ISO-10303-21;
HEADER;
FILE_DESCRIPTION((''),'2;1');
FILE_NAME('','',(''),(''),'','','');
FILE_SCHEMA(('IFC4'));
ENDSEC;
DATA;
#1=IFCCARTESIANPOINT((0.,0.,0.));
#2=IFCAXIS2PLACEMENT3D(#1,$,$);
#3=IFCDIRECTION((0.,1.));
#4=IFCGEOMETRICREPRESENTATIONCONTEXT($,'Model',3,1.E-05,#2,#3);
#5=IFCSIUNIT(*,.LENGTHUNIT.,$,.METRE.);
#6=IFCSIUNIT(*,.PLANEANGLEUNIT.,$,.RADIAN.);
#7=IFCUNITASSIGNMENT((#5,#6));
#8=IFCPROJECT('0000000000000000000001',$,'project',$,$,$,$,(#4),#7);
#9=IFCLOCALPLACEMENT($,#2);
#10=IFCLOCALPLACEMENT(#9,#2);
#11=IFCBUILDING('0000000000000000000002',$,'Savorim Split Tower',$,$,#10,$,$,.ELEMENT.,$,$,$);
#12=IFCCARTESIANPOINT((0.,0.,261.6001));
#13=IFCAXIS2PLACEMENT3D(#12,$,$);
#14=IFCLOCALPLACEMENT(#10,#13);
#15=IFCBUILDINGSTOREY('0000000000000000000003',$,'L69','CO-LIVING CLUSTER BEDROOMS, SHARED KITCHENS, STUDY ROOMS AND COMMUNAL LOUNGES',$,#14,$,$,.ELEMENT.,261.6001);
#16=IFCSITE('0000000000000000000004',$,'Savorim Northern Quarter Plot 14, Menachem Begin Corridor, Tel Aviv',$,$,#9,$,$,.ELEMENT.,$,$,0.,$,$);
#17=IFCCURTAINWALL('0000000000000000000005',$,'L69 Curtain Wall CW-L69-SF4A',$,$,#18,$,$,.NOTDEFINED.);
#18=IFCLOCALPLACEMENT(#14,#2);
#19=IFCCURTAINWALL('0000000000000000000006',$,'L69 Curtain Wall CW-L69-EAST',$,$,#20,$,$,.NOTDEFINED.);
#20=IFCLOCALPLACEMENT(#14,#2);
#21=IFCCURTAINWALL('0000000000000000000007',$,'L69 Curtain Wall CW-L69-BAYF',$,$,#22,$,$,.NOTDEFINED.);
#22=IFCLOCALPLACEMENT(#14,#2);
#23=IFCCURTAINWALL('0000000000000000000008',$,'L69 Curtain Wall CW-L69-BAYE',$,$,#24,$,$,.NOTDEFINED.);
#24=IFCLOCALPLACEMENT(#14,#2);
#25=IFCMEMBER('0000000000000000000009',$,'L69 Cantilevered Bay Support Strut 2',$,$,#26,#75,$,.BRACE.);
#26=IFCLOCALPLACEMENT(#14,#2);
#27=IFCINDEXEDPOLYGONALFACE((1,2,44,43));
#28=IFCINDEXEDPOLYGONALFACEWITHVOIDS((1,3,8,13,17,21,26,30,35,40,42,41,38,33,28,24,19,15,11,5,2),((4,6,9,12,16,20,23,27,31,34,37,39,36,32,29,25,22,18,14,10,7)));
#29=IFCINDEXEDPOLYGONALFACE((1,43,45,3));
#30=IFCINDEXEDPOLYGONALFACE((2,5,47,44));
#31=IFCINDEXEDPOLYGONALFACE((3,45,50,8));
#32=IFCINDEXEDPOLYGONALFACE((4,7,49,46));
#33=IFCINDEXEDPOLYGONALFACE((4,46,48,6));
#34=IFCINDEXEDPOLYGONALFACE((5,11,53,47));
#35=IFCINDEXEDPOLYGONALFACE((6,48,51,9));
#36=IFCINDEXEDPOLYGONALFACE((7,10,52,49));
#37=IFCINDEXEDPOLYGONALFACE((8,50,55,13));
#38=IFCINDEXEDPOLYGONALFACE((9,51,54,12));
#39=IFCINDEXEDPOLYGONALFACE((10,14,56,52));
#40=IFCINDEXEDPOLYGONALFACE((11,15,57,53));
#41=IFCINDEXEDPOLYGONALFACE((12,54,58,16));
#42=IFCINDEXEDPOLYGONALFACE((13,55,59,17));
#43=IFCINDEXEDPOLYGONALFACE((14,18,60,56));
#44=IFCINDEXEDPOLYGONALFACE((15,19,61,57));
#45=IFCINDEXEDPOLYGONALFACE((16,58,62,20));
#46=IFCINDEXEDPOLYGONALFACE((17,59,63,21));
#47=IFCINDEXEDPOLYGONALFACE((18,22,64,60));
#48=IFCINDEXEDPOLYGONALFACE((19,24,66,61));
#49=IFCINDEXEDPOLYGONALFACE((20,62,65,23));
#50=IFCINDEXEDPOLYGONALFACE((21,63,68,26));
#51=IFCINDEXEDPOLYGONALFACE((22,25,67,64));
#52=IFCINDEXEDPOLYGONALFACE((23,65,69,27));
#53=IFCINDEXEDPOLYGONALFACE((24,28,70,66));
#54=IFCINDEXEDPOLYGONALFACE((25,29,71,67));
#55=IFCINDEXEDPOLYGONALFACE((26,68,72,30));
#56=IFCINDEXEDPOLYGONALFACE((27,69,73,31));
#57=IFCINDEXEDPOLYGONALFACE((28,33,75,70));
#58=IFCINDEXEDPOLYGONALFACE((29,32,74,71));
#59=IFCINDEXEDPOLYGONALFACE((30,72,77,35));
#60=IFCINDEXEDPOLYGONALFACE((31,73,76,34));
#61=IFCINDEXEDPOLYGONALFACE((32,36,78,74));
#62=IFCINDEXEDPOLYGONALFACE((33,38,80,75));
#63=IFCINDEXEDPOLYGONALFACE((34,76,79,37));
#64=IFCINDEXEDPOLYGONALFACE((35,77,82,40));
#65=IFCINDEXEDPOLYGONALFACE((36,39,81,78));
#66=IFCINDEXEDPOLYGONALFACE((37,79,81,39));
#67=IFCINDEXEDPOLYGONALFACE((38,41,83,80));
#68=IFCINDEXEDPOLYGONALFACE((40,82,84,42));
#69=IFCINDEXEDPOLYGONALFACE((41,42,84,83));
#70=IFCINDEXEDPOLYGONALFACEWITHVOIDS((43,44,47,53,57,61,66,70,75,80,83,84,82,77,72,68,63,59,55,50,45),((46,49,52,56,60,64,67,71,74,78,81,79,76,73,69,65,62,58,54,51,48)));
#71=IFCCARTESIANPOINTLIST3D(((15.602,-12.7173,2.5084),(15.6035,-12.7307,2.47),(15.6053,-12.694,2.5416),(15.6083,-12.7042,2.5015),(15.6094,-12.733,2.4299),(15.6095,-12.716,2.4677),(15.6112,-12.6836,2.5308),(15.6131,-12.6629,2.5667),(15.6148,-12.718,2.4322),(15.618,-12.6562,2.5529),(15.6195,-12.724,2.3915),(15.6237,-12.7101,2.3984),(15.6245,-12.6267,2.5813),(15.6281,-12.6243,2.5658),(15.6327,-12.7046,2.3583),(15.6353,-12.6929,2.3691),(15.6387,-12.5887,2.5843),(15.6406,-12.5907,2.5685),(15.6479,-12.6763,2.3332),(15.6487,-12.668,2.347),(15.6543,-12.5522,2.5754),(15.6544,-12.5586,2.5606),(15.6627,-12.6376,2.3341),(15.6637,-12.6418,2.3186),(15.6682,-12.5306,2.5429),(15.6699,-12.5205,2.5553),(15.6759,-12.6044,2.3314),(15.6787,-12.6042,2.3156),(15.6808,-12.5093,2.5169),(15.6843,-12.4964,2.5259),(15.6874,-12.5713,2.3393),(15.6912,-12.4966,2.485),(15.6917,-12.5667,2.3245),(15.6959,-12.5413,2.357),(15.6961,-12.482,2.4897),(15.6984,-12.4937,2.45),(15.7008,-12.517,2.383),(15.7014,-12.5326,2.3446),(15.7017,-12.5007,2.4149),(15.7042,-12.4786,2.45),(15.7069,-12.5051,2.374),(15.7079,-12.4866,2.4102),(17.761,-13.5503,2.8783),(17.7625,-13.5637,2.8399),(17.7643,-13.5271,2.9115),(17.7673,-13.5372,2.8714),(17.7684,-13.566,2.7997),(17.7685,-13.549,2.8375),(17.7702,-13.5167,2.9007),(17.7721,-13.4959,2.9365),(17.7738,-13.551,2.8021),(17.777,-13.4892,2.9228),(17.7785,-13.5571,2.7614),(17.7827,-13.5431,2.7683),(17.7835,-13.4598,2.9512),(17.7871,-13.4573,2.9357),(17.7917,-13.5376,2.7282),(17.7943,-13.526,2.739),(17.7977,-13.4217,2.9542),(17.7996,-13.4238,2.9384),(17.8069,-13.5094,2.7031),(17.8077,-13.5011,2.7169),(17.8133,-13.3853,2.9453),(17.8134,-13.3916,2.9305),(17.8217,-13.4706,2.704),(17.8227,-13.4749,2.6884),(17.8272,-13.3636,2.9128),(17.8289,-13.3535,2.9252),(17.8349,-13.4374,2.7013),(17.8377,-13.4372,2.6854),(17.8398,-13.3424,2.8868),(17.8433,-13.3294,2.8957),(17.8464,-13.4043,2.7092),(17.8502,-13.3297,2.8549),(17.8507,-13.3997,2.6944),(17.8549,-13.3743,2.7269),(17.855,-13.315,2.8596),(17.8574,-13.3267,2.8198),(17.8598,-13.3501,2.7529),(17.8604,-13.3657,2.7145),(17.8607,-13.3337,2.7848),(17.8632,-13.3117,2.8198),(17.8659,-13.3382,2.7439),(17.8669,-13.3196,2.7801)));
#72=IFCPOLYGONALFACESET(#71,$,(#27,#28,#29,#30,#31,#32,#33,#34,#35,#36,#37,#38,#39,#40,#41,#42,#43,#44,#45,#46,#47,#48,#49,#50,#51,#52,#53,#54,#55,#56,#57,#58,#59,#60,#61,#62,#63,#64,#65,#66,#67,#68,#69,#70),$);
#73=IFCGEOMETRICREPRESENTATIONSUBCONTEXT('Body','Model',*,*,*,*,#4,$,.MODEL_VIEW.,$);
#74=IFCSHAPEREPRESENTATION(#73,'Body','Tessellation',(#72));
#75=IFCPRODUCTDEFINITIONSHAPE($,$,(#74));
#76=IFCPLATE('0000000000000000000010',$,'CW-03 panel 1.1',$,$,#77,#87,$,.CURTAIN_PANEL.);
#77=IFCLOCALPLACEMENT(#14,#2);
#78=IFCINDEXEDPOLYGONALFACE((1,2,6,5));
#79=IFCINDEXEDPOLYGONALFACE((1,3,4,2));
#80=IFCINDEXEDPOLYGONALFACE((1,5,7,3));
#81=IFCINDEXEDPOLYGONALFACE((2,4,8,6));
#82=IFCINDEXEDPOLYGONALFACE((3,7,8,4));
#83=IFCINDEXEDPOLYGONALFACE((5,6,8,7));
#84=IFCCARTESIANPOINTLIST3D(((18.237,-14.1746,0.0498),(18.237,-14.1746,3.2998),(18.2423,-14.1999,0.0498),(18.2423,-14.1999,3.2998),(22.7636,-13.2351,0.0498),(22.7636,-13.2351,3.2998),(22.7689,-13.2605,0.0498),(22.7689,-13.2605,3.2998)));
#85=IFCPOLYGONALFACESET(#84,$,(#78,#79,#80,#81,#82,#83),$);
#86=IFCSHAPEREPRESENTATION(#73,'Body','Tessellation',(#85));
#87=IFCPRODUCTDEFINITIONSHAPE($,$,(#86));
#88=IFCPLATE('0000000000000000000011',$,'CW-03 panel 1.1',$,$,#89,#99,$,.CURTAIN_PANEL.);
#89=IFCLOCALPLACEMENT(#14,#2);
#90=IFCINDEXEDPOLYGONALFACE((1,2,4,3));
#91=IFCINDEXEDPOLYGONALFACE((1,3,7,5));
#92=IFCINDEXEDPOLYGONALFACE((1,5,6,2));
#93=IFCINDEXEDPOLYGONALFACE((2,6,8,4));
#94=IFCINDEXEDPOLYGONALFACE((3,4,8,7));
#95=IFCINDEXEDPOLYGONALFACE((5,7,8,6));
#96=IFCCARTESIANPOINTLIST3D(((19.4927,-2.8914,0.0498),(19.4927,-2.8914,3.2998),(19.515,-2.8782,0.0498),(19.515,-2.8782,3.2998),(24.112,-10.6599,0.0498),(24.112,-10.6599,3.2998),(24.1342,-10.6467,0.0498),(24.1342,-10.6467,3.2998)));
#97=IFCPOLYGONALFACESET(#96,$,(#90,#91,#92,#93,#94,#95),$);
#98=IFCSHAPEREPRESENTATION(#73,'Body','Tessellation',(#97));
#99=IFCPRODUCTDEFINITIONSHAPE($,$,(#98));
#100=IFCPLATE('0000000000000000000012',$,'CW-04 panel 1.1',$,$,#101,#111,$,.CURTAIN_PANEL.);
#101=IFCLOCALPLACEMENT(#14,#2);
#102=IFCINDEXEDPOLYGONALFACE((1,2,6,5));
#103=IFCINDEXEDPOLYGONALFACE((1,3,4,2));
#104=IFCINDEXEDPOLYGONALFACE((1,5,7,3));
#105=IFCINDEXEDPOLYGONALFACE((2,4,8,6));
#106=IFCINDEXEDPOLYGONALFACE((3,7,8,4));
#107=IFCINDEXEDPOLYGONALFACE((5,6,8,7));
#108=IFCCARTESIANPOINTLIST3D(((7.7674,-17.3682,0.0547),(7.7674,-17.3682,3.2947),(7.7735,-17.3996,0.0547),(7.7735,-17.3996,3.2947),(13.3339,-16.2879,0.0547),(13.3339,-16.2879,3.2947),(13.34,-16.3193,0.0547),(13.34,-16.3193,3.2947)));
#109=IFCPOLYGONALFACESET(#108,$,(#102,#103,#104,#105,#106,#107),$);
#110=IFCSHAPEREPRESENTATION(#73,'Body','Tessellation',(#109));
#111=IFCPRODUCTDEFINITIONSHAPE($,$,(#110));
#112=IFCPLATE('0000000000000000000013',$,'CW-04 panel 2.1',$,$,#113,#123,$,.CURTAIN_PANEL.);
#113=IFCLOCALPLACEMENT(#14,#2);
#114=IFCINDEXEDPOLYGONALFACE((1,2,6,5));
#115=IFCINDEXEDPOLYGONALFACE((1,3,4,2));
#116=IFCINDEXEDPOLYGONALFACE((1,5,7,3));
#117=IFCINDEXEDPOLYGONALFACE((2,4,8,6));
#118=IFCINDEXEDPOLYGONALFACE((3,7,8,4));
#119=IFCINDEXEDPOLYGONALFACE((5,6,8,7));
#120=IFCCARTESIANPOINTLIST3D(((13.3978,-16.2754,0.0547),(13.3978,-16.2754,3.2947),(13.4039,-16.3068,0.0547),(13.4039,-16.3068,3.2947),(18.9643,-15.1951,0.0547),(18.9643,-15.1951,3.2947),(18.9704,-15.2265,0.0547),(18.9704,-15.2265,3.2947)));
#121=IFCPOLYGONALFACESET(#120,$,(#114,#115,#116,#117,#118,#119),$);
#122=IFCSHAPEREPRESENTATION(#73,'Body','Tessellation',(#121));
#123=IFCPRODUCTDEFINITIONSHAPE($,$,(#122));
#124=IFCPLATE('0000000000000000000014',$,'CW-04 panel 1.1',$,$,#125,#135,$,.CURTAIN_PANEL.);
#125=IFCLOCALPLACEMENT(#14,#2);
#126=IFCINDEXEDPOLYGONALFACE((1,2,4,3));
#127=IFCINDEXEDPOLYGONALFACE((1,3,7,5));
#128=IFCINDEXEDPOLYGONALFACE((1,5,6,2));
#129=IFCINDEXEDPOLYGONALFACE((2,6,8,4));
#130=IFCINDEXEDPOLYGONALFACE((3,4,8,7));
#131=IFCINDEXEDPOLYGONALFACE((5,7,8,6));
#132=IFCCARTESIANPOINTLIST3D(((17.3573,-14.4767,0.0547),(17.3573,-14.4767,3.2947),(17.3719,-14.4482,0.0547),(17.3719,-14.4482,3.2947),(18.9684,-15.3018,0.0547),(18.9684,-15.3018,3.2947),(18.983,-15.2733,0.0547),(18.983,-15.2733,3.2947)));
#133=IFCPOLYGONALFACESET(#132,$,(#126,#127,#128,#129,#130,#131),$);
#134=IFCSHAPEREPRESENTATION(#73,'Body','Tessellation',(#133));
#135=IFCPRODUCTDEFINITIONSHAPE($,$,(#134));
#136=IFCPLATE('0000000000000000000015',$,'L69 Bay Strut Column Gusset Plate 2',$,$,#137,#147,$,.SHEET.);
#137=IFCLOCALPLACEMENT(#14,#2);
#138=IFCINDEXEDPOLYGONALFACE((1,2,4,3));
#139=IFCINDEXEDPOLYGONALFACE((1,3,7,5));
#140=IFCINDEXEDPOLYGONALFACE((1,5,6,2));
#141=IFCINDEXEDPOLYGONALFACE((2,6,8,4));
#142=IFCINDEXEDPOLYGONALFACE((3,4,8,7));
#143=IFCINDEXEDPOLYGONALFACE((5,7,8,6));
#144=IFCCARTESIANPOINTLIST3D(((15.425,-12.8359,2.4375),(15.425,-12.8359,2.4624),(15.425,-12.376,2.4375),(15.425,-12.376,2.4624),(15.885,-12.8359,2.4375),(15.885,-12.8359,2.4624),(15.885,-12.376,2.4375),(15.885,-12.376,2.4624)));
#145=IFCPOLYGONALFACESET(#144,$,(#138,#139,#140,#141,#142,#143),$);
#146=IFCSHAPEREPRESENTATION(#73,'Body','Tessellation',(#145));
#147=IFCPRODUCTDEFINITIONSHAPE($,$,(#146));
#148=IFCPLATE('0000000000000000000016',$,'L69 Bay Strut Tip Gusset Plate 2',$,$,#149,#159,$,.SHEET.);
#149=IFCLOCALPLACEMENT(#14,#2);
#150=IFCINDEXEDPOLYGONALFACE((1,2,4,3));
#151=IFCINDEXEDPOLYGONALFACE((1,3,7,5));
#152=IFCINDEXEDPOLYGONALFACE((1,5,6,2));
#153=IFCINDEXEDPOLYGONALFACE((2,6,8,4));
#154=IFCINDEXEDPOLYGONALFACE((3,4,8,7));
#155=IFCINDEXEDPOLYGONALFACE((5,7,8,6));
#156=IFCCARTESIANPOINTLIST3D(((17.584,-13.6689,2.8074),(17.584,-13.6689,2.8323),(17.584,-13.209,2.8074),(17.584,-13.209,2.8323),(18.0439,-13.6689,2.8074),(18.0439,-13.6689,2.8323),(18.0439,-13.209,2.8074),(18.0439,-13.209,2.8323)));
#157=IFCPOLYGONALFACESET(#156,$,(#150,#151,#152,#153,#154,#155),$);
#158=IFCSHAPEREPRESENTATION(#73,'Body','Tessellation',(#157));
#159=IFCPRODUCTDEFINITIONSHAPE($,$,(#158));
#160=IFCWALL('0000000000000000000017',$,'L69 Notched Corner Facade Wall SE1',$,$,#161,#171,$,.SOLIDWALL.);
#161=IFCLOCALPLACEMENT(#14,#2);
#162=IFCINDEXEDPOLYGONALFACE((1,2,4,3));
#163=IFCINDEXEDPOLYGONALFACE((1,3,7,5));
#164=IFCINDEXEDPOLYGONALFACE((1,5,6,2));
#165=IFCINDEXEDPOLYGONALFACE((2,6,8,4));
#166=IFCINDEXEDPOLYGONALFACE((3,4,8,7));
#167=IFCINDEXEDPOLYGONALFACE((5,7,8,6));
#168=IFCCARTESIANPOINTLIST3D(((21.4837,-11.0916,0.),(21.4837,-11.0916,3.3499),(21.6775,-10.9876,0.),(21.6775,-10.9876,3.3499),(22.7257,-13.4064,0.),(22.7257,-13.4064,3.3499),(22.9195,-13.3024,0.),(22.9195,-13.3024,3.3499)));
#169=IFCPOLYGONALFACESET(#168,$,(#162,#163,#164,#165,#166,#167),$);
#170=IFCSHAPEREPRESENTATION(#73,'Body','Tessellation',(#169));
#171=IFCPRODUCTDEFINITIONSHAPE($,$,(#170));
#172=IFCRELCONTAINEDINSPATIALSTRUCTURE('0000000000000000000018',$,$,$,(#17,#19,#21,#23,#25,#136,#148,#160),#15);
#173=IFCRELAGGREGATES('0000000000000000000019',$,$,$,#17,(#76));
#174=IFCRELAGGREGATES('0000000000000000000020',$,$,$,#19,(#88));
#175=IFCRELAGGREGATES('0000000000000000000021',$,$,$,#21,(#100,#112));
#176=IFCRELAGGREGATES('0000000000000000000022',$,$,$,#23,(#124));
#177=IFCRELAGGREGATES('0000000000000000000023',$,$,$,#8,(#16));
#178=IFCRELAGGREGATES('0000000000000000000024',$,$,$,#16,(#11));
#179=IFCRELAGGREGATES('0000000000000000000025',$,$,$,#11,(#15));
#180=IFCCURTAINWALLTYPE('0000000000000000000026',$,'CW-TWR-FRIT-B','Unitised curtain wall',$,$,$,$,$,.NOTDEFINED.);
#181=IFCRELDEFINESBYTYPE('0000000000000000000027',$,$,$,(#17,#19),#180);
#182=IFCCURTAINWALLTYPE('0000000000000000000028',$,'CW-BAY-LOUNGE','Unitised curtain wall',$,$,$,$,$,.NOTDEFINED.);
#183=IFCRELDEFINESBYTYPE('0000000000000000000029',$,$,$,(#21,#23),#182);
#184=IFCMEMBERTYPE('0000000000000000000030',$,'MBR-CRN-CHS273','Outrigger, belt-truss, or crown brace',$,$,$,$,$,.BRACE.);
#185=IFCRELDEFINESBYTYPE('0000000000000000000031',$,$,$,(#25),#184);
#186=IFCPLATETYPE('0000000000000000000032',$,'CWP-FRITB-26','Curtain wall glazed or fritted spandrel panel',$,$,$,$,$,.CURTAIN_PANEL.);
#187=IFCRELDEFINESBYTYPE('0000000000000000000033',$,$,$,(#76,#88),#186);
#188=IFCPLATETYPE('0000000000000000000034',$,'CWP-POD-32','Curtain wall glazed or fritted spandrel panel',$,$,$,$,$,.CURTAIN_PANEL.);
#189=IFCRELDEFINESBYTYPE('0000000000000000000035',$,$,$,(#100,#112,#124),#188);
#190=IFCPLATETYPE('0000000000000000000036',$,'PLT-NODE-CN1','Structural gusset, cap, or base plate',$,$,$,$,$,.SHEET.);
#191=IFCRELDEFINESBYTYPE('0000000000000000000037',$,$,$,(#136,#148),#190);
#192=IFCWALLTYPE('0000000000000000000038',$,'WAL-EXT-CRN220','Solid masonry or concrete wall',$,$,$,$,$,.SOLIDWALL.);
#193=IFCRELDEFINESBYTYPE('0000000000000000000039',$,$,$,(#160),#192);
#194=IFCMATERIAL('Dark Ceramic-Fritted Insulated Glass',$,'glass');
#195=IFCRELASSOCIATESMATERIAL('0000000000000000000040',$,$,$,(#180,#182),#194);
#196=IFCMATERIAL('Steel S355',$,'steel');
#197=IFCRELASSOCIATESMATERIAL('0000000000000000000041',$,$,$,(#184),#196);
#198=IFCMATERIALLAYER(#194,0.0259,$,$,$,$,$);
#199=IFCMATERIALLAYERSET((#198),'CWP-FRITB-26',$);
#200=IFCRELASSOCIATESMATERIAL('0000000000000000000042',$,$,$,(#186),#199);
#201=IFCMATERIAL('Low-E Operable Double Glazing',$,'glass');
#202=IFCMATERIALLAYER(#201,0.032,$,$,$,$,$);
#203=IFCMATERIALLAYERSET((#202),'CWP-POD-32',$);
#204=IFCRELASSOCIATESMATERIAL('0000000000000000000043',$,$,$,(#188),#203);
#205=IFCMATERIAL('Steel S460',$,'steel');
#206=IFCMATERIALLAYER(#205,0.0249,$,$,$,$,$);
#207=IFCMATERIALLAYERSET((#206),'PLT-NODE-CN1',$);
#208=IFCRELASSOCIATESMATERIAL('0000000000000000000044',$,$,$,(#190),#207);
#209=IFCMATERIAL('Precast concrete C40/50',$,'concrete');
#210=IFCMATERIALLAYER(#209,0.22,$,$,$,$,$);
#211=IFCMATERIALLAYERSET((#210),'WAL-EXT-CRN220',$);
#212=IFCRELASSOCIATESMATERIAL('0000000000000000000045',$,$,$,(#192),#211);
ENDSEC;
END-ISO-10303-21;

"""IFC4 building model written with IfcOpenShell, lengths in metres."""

from ifc_helpers import new_model, si_unit, direction, frame, frame_2d, origin, origin_2d, place, context, subcontext, project, spatial, rectangle, hollow_circle, extrude, material, layer, layer_set, material_profile, profile_set, type_object, element, aggregate, save


model = new_model("IFC4")

# Units and contexts
model_context = context("Model", 3, precision=1e-05, world=origin(), true_north=direction((0.0, 1.0)))
body_context = subcontext(model_context, "Body", "Model", "MODEL_VIEW")
ifc_project = project(units=[si_unit("LENGTHUNIT", "METRE"), si_unit("PLANEANGLEUNIT", "RADIAN")], contexts=[model_context])

# Site, building, storey
site_placement = place(None, origin())
site = spatial("IfcSite", under=ifc_project, at=site_placement, Name="Savorim Northern Quarter Plot 14, Menachem Begin Corridor, Tel Aviv", CompositionType="ELEMENT", RefElevation=0.0)
building_placement = place(site_placement, origin())
building = spatial("IfcBuilding", under=site, at=building_placement, Name="Savorim Split Tower", CompositionType="ELEMENT")
storey_placement = place(building_placement, frame((0.0, 0.0, 261.6001)))
storey = spatial("IfcBuildingStorey", under=building, at=storey_placement, Name="L69", Description="CO-LIVING CLUSTER BEDROOMS, SHARED KITCHENS, STUDY ROOMS AND COMMUNAL LOUNGES", CompositionType="ELEMENT", Elevation=261.6001)

# Shared definitions
ifc_material_1 = material(Name="Steel S355", Category="steel")

# Curtain wall
ifc_material_2 = material(Name="Dark Ceramic-Fritted Insulated Glass", Category="glass")
curtain_wall_type_1 = type_object("IfcCurtainWallType", Name="CW-TWR-FRIT-B", Description="Unitised curtain wall", PredefinedType="NOTDEFINED", material=ifc_material_2)
curtain_wall_1_placement = place(storey_placement, origin())
curtain_wall_1 = element("IfcCurtainWall", 1, at=curtain_wall_1_placement, inside=storey, type_object=curtain_wall_type_1, Name="L69 Curtain Wall CW-L69-SF4A", PredefinedType="NOTDEFINED")

# Curtain wall
curtain_wall_2_placement = place(storey_placement, origin())
curtain_wall_2 = element("IfcCurtainWall", 2, at=curtain_wall_2_placement, inside=storey, type_object=curtain_wall_type_1, Name="L69 Curtain Wall CW-L69-EAST", PredefinedType="NOTDEFINED")

# Curtain walls
curtain_wall_type_2 = type_object("IfcCurtainWallType", Name="CW-BAY-LOUNGE", Description="Unitised curtain wall", PredefinedType="NOTDEFINED", material=ifc_material_2)
curtain_wall_3_placement = place(storey_placement, origin())
curtain_wall_3 = element("IfcCurtainWall", 3, at=curtain_wall_3_placement, inside=storey, type_object=curtain_wall_type_2, Name="L69 Curtain Wall CW-L69-BAYF", PredefinedType="NOTDEFINED")
curtain_wall_4_placement = place(storey_placement, origin())
curtain_wall_4 = element("IfcCurtainWall", 4, at=curtain_wall_4_placement, inside=storey, type_object=curtain_wall_type_2, Name="L69 Curtain Wall CW-L69-BAYE", PredefinedType="NOTDEFINED")

# Member
ifc_material_profile_1 = material_profile(ifc_material_1, hollow_circle(Radius=0.1365, WallThickness=0.0161, at=origin_2d()), Name="CHS 273x16")
ifc_profile_set_1 = profile_set([ifc_material_profile_1], Name="Steel S355")
member_type_1 = type_object("IfcMemberType", Name="MBR-CRN-CHS273", Description="Outrigger, belt-truss, or crown brace", PredefinedType="BRACE", material=ifc_profile_set_1)
member_1_placement = place(storey_placement, frame((15.655, -12.606, 2.45), z_axis=(0.921268, -0.355464, 0.157833), x_axis=(0.359976, 0.932962, 0.0)))
element("IfcMember", 5, at=member_1_placement, inside=storey, type_object=member_type_1, Name="L69 Cantilevered Bay Support Strut 2", PredefinedType="BRACE", context=body_context, shape_type="SweptSolid", body=[
    extrude(hollow_circle(Radius=0.1365, WallThickness=0.0161, at=origin_2d()), origin(), (0.0, 0.0, 1.0), 2.3435),
])

# Plates
ifc_layer_1 = layer(ifc_material_2, 0.0259)
ifc_layer_set_1 = layer_set([ifc_layer_1], Name="CWP-FRITB-26")
plate_type_1 = type_object("IfcPlateType", Name="CWP-FRITB-26", Description="Curtain wall glazed or fritted spandrel panel", PredefinedType="CURTAIN_PANEL", material=ifc_layer_set_1)
plate_1_placement = place(storey_placement, frame((20.5029, -13.7175, 0.0498), z_axis=(0.0, 0.0, 1.0), x_axis=(0.979136, 0.203207, 0.0)))
plate_1 = element("IfcPlate", 6, at=plate_1_placement, type_object=plate_type_1, Name="CW-03 panel 1.1", PredefinedType="CURTAIN_PANEL", context=body_context, shape_type="SweptSolid", body=[
    extrude(rectangle(XDim=4.623, YDim=0.0259, at=origin_2d()), origin(), (0.0, 0.0, 1.0), 3.25),
])
aggregate(curtain_wall_1, [plate_1])
plate_2_placement = place(storey_placement, frame((21.8135, -6.769, 0.0498), z_axis=(0.0, 0.0, 1.0), x_axis=(-0.51109, 0.859527, 0.0)))
plate_2 = element("IfcPlate", 7, at=plate_2_placement, type_object=plate_type_1, Name="CW-03 panel 1.1", PredefinedType="CURTAIN_PANEL", context=body_context, shape_type="SweptSolid", body=[
    extrude(rectangle(XDim=9.0381, YDim=0.0259, at=origin_2d()), origin(), (0.0, 0.0, 1.0), 3.25),
])
aggregate(curtain_wall_2, [plate_2])
ifc_material_3 = material(Name="Low-E Operable Double Glazing", Category="glass")
ifc_layer_2 = layer(ifc_material_3, 0.032)
ifc_layer_set_2 = layer_set([ifc_layer_2], Name="CWP-POD-32")
plate_type_2 = type_object("IfcPlateType", Name="CWP-POD-32", Description="Curtain wall glazed or fritted spandrel panel", PredefinedType="CURTAIN_PANEL", material=ifc_layer_set_2)
plate_3_placement = place(storey_placement, frame((10.5537, -16.8438, 0.0547), z_axis=(0.0, 0.0, 1.0), x_axis=(0.981683, 0.19052, 0.0)))
plate_3 = element("IfcPlate", 8, at=plate_3_placement, type_object=plate_type_2, Name="CW-04 panel 1.1", PredefinedType="CURTAIN_PANEL", context=body_context, shape_type="SweptSolid", body=[
    extrude(rectangle(XDim=5.6704, YDim=0.032, at=origin_2d()), origin(), (0.0, 0.0, 1.0), 3.24),
])
plate_4_placement = place(storey_placement, frame((16.1841, -15.751, 0.0547), z_axis=(0.0, 0.0, 1.0), x_axis=(0.981683, 0.19052, 0.0)))
plate_4 = element("IfcPlate", 9, at=plate_4_placement, type_object=plate_type_2, Name="CW-04 panel 2.1", PredefinedType="CURTAIN_PANEL", context=body_context, shape_type="SweptSolid", body=[
    extrude(rectangle(XDim=5.6704, YDim=0.032, at=origin_2d()), origin(), (0.0, 0.0, 1.0), 3.24),
])
aggregate(curtain_wall_3, [plate_3, plate_4])
plate_5_placement = place(storey_placement, frame((18.1702, -14.875, 0.0547), z_axis=(0.0, 0.0, 1.0), x_axis=(-0.890066, 0.455832, 0.0)))
plate_5 = element("IfcPlate", 10, at=plate_5_placement, type_object=plate_type_2, Name="CW-04 panel 1.1", PredefinedType="CURTAIN_PANEL", context=body_context, shape_type="SweptSolid", body=[
    extrude(rectangle(XDim=1.8101, YDim=0.032, at=origin_2d()), origin(), (0.0, 0.0, 1.0), 3.24),
])
aggregate(curtain_wall_4, [plate_5])

# Plates
ifc_material_4 = material(Name="Steel S460", Category="steel")
ifc_layer_3 = layer(ifc_material_4, 0.0249)
ifc_layer_set_3 = layer_set([ifc_layer_3], Name="PLT-NODE-CN1")
plate_type_3 = type_object("IfcPlateType", Name="PLT-NODE-CN1", Description="Structural gusset, cap, or base plate", PredefinedType="SHEET", material=ifc_layer_set_3)
for number, where, z_axis, x_axis, name in (
    (11, (15.655, -12.606, 2.4375), (0.0, 0.0, 1.0), (1.0, 0.0, 0.0), "L69 Bay Strut Column Gusset Plate 2"),
    (12, (17.814, -13.439, 2.8074), (0.0, 0.0, 1.0), (1.0, 0.0, 0.0), "L69 Bay Strut Tip Gusset Plate 2"),
):
    element("IfcPlate", number, at=place(storey_placement, frame(where, z_axis=z_axis, x_axis=x_axis)), inside=storey, type_object=plate_type_3, Name=name, PredefinedType="SHEET", context=body_context, shape_type="SweptSolid", body=[
        extrude(rectangle(XDim=0.46, YDim=0.46, at=origin_2d()), origin(), (0.0, 0.0, 1.0), 0.0249),
    ])

# Wall
ifc_material_5 = material(Name="Precast concrete C40/50", Category="concrete")
ifc_layer_4 = layer(ifc_material_5, 0.22)
ifc_layer_set_4 = layer_set([ifc_layer_4], Name="WAL-EXT-CRN220")
wall_type_1 = type_object("IfcWallType", Name="WAL-EXT-CRN220", Description="Solid masonry or concrete wall", PredefinedType="SOLIDWALL", material=ifc_layer_set_4)
wall_1_placement = place(storey_placement, frame((21.5806, -11.0396, 0.0), z_axis=(0.0, 0.0, 1.0), x_axis=(0.472791, -0.881174, 0.0)))
element("IfcWall", 13, at=wall_1_placement, inside=storey, type_object=wall_type_1, Name="L69 Notched Corner Facade Wall SE1", PredefinedType="SOLIDWALL", context=body_context, shape_type="SweptSolid", body=[
    extrude(rectangle(XDim=2.627, YDim=0.22, at=frame_2d((1.3135, 0.0))), origin(), (0.0, 0.0, 1.0), 3.3499),
])

save(model, "model.ifc")
